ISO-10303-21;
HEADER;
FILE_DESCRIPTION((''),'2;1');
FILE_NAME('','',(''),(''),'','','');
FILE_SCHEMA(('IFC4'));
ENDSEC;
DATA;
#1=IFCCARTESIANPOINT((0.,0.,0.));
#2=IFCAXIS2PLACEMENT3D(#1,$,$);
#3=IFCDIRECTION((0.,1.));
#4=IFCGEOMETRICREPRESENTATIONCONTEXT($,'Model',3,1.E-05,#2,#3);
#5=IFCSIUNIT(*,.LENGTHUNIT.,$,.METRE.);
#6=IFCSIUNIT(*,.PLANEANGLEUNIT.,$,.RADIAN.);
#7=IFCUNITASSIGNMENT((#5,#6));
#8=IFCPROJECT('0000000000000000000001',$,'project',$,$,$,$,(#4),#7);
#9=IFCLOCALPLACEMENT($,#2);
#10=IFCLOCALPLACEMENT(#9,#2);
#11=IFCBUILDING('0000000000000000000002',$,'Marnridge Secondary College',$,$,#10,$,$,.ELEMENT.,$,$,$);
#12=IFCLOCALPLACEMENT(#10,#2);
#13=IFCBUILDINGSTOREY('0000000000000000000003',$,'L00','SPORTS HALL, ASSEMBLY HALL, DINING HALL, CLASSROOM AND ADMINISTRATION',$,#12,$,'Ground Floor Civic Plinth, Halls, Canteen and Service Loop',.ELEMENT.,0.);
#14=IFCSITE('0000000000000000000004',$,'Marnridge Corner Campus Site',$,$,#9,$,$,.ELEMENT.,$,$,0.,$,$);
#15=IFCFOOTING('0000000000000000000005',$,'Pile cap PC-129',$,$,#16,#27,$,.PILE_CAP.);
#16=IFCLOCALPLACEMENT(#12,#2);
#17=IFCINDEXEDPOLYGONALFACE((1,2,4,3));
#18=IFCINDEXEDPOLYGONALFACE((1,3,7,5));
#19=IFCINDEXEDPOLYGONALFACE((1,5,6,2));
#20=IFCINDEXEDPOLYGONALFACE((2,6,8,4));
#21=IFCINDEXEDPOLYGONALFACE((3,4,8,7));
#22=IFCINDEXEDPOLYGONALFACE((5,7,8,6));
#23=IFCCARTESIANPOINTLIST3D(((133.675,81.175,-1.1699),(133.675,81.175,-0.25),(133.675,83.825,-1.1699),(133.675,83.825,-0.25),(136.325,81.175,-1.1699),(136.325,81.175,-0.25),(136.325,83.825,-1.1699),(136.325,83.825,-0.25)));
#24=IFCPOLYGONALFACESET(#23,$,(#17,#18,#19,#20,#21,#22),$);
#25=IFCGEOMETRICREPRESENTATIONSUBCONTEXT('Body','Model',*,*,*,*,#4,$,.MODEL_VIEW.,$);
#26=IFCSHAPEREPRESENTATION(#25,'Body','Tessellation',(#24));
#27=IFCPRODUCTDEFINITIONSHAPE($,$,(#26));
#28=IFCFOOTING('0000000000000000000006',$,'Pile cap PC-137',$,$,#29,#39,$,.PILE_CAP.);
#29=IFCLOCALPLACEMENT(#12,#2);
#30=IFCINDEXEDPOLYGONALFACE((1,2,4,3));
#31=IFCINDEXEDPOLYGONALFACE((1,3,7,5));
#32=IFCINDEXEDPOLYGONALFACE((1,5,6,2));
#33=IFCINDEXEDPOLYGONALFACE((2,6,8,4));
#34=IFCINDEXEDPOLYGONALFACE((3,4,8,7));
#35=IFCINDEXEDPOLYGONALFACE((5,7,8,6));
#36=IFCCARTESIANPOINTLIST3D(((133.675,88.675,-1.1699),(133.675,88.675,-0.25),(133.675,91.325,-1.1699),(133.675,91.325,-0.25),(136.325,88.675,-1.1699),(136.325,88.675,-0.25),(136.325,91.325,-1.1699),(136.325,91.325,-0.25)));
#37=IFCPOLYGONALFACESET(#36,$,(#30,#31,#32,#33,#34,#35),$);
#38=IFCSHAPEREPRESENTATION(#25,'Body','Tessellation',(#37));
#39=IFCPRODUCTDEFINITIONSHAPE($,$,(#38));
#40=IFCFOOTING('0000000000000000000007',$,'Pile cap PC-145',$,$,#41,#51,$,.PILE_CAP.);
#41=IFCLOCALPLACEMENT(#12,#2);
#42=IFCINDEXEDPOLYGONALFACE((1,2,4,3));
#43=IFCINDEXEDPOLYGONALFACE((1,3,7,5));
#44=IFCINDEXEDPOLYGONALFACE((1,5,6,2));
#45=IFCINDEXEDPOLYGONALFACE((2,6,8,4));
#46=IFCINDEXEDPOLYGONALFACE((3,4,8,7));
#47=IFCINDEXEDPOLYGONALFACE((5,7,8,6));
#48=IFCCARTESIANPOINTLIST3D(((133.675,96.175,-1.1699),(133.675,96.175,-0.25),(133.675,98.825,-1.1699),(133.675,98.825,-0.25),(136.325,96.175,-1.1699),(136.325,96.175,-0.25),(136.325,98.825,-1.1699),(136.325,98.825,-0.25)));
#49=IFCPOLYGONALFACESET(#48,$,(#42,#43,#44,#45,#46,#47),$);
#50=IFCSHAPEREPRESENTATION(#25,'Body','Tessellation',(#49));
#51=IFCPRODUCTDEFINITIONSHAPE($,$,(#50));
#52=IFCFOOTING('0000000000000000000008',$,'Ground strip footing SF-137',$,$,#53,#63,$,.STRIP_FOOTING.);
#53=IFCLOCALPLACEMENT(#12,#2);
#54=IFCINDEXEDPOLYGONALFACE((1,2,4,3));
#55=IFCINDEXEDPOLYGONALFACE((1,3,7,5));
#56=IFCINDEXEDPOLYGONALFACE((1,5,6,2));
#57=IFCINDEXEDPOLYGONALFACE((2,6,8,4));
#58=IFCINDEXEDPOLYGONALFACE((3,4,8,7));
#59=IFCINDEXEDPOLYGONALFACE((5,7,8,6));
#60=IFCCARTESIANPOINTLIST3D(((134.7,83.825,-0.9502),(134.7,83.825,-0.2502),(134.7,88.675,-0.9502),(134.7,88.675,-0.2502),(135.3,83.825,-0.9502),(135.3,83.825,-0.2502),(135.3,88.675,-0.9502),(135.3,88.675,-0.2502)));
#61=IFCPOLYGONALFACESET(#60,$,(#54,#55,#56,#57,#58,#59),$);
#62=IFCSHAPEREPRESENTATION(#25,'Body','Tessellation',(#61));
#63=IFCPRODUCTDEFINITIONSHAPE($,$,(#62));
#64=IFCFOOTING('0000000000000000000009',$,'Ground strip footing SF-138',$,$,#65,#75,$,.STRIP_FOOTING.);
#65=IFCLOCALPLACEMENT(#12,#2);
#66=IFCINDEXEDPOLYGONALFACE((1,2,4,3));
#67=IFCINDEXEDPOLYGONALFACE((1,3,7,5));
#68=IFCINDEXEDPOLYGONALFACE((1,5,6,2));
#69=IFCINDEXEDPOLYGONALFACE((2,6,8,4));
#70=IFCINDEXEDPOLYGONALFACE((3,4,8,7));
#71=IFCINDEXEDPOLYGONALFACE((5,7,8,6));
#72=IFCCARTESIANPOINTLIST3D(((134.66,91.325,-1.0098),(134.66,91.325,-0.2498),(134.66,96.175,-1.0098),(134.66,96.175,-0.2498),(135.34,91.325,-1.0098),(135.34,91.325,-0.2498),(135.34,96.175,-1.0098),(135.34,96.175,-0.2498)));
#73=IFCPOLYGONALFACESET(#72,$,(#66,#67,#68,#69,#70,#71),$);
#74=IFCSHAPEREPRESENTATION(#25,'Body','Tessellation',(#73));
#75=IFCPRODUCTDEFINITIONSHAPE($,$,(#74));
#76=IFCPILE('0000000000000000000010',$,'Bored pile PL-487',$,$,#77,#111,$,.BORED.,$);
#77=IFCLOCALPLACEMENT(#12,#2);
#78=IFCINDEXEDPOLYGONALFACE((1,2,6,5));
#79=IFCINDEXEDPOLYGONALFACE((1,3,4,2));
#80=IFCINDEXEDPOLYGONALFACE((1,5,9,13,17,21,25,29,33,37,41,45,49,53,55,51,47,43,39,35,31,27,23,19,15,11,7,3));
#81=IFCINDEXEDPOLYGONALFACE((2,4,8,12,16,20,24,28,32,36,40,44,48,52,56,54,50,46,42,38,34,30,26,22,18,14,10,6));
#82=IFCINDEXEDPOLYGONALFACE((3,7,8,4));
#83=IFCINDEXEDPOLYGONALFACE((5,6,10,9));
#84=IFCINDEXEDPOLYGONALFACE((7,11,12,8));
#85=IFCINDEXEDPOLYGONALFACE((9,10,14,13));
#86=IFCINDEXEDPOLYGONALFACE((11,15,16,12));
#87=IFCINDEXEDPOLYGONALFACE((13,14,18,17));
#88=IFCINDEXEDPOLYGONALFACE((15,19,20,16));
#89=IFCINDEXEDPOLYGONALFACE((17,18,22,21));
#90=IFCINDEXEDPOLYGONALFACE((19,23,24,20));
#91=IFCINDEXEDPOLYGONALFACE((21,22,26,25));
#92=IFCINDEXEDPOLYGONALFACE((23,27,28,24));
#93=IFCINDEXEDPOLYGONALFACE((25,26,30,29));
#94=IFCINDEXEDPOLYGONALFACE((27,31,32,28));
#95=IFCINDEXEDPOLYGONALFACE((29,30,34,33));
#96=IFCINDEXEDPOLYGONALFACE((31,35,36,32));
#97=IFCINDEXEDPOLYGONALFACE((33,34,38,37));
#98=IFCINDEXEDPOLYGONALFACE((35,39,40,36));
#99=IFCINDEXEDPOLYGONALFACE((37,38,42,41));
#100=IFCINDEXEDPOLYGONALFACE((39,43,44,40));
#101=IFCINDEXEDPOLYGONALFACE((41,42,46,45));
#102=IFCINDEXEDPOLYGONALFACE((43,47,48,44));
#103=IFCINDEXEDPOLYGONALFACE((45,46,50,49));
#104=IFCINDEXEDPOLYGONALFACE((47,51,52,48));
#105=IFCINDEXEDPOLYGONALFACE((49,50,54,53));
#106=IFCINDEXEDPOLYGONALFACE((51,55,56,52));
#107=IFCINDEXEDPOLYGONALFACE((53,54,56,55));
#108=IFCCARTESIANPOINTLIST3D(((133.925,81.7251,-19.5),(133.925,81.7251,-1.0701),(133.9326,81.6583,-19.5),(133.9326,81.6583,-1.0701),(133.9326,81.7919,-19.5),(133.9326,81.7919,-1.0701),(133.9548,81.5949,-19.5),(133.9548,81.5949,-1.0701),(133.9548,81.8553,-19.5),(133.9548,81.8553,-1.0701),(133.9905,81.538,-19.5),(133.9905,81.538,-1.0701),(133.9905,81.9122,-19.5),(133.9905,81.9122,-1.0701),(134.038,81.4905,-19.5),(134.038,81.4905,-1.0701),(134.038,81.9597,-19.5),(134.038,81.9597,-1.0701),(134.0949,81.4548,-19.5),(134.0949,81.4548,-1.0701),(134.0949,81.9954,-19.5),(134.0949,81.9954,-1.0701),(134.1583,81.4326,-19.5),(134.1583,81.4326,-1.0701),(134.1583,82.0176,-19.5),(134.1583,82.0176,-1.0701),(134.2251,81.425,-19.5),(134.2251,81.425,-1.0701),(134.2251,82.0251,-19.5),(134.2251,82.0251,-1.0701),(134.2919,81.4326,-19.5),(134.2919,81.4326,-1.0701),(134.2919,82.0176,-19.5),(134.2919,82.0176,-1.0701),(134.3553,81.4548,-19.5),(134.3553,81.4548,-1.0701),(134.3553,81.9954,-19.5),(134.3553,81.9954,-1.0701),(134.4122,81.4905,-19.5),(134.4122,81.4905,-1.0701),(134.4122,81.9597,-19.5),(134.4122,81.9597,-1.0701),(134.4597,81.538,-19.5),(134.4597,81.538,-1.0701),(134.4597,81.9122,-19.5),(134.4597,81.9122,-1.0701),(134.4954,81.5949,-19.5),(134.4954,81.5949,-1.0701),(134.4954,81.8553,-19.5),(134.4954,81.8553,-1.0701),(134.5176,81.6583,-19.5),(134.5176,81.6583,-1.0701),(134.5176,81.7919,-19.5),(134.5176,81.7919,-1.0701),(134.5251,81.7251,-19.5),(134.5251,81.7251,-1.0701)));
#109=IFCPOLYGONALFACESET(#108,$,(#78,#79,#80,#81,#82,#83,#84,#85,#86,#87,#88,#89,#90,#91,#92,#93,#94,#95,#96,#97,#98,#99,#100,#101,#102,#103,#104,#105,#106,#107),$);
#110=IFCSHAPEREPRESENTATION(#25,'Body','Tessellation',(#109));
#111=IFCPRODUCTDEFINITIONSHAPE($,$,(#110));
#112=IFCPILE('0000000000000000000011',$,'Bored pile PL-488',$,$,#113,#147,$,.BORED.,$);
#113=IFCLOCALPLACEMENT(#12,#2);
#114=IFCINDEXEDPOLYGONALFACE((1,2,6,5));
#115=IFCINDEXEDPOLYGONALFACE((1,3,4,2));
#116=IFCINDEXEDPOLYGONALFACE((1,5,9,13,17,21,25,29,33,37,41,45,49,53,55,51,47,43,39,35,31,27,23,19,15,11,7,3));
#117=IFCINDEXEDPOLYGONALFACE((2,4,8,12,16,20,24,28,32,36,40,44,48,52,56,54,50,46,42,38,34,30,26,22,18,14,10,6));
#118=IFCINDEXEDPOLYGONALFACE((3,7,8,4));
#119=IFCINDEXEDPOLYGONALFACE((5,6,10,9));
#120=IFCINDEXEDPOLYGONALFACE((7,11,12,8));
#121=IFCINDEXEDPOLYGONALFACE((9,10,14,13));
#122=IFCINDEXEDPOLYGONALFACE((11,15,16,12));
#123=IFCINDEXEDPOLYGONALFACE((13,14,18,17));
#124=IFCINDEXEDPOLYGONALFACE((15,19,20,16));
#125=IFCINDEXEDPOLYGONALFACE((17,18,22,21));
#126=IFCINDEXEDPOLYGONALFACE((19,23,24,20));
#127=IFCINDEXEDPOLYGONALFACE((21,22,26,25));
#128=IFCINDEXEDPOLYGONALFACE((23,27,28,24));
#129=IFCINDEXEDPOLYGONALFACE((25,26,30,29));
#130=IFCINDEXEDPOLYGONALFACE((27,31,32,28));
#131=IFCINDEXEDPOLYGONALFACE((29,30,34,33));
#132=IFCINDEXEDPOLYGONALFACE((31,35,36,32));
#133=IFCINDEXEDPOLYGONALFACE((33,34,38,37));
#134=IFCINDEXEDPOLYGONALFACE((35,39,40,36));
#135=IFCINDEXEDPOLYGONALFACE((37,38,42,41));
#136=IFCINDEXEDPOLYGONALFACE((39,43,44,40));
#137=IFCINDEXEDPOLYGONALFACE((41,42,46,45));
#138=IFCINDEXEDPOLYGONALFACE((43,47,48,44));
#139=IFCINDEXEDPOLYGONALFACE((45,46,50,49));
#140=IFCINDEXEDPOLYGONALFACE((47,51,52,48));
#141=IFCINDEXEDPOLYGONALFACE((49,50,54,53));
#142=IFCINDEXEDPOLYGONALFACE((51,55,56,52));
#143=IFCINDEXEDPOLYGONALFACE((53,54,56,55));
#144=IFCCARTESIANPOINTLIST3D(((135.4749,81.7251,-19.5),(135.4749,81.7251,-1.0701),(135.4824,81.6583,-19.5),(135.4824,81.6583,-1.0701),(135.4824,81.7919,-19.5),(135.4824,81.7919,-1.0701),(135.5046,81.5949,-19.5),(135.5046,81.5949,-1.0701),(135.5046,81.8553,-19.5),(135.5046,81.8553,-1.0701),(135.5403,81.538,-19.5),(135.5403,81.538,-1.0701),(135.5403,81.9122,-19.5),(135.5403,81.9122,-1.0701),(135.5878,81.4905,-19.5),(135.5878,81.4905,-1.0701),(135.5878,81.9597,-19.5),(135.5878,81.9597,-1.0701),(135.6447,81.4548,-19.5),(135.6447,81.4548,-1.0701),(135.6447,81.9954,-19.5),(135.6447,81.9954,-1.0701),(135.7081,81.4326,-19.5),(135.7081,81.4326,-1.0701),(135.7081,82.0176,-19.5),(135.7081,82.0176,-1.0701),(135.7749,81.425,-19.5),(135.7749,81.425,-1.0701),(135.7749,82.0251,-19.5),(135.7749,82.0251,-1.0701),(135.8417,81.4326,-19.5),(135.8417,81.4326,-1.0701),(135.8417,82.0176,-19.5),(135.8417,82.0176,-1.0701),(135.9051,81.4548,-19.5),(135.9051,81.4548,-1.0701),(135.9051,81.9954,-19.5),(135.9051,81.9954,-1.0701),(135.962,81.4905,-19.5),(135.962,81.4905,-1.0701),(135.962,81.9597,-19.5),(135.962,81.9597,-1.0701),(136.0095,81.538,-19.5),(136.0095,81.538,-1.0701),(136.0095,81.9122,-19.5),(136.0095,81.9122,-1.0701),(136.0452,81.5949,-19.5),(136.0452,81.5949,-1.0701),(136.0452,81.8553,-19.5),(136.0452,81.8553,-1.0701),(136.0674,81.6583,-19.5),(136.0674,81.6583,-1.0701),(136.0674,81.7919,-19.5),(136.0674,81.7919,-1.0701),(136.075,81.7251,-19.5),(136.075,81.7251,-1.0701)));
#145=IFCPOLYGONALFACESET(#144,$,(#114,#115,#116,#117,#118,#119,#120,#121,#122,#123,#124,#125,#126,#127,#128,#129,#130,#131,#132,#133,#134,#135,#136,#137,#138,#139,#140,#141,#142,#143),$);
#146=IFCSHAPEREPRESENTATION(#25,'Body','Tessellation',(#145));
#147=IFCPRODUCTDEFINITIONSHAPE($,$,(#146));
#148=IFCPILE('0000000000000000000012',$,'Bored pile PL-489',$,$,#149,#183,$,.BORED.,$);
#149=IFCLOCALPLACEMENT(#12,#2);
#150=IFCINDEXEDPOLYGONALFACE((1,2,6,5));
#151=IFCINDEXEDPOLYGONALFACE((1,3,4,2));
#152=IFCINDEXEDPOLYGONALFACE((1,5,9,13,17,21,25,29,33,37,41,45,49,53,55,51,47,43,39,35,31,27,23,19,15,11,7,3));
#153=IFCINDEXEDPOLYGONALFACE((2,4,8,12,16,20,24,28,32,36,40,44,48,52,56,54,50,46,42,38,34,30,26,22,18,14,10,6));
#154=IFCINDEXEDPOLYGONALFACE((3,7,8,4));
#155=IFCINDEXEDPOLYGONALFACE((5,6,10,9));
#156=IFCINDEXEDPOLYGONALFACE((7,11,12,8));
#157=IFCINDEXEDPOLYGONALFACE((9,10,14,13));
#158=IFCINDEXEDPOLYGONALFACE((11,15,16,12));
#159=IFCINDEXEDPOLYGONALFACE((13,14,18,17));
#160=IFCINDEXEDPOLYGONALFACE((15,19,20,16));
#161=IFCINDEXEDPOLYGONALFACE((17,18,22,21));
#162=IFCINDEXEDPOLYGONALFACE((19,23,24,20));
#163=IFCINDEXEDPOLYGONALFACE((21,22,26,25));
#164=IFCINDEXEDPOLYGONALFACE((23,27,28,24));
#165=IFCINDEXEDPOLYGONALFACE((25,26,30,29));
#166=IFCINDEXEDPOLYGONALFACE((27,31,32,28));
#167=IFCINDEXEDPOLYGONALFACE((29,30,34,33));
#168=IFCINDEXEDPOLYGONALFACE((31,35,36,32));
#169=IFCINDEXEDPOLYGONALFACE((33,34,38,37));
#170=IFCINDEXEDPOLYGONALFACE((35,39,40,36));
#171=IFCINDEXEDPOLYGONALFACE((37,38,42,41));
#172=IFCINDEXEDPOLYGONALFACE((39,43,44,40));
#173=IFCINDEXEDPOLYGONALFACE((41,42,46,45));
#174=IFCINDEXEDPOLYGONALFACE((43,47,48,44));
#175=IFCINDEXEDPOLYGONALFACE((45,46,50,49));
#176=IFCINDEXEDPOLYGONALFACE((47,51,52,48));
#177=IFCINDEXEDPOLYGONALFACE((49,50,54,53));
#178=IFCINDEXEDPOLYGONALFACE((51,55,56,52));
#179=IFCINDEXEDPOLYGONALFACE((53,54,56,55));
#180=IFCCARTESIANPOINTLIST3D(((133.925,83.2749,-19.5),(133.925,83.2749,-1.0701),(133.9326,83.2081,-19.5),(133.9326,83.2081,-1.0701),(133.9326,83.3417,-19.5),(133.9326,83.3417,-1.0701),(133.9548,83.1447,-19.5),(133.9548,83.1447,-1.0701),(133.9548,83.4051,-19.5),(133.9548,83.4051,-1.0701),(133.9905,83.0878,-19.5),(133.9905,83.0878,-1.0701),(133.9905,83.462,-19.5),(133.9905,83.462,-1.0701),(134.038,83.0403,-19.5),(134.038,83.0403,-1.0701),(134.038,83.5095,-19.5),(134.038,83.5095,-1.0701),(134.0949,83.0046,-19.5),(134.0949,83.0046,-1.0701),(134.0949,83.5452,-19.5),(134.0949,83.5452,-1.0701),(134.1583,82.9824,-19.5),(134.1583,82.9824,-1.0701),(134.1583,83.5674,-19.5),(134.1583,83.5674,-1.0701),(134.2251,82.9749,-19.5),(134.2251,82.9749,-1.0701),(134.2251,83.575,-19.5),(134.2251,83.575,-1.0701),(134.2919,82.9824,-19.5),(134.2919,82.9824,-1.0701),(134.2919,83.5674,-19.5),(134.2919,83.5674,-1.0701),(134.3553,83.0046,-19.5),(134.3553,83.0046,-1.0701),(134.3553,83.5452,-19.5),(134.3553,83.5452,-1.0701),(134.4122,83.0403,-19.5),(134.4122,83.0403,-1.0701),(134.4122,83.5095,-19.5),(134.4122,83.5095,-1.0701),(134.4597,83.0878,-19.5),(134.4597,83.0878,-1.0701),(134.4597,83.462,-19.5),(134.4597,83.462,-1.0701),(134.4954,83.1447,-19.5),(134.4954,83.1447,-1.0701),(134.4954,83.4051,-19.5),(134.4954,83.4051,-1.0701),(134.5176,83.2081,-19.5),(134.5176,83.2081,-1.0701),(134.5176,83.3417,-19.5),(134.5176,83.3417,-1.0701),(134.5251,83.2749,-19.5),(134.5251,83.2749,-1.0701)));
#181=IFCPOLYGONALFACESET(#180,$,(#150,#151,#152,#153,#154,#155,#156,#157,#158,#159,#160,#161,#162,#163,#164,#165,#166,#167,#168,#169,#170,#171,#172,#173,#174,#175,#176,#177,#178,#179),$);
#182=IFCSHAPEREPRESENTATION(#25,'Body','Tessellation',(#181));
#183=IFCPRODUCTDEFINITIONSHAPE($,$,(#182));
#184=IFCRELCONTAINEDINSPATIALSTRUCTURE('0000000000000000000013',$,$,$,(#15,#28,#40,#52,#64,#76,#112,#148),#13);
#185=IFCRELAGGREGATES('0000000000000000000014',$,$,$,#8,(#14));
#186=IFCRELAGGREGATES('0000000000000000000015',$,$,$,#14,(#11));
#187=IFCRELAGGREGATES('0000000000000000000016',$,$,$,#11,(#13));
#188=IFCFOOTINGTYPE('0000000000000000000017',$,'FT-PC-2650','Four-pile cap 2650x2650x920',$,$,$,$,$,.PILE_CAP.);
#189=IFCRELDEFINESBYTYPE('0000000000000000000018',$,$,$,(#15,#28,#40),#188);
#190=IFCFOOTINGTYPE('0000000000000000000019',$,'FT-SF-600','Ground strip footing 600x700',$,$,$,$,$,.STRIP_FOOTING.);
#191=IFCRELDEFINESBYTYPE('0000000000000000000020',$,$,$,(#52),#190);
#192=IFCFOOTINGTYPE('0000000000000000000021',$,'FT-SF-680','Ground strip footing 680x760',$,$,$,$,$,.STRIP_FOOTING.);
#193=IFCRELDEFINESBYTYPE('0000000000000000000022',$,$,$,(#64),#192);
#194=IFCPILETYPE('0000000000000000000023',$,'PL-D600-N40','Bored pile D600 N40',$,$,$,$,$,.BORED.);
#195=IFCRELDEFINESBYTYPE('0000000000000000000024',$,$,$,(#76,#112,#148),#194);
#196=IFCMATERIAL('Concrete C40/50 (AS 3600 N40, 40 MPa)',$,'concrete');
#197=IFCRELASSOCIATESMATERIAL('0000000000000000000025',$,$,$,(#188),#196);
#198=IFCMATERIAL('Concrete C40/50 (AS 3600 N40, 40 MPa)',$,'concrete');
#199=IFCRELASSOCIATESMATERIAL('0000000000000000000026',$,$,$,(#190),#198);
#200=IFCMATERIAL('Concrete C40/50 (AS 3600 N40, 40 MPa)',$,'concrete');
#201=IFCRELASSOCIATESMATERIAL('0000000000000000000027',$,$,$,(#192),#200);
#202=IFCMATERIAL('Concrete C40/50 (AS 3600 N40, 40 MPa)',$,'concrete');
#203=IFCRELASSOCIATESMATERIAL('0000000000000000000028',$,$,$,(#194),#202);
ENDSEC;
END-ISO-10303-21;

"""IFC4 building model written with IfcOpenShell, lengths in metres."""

from ifc_helpers import new_model, si_unit, direction, frame, origin, origin_2d, place, context, subcontext, project, spatial, rectangle, circle, extrude, material, material_profile, profile_set, type_object, element, save


model = new_model("IFC4")

# Units and contexts
model_context = context("Model", 3, precision=1e-05, world=origin(), true_north=direction((0.0, 1.0)))
body_context = subcontext(model_context, "Body", "Model", "MODEL_VIEW")
ifc_project = project(units=[si_unit("LENGTHUNIT", "METRE"), si_unit("PLANEANGLEUNIT", "RADIAN")], contexts=[model_context])

# Site, building, storey
site_placement = place(None, origin())
site = spatial("IfcSite", under=ifc_project, at=site_placement, Name="Marnridge Corner Campus Site", CompositionType="ELEMENT", RefElevation=0.0)
building_placement = place(site_placement, origin())
building = spatial("IfcBuilding", under=site, at=building_placement, Name="Marnridge Secondary College", CompositionType="ELEMENT")
storey_placement = place(building_placement, origin())
storey = spatial("IfcBuildingStorey", under=building, at=storey_placement, Name="L00", Description="SPORTS HALL, ASSEMBLY HALL, DINING HALL, CLASSROOM AND ADMINISTRATION", LongName="Ground Floor Civic Plinth, Halls, Canteen and Service Loop", CompositionType="ELEMENT", Elevation=0.0)

# Footings
ifc_material_1 = material(Name="Concrete C40/50 (AS 3600 N40, 40 MPa)", Category="concrete")
footing_type_1 = type_object("IfcFootingType", Name="FT-PC-2650", Description="Four-pile cap 2650x2650x920", PredefinedType="PILE_CAP", material=ifc_material_1)
for number, where, z_axis, x_axis, name in (
    (1, (135.0, 82.5, -1.1699), (0.0, 0.0, 1.0), (1.0, 0.0, 0.0), "Pile cap PC-129"),
    (2, (135.0, 90.0, -1.1699), (0.0, 0.0, 1.0), (1.0, 0.0, 0.0), "Pile cap PC-137"),
    (3, (135.0, 97.5, -1.1699), (0.0, 0.0, 1.0), (1.0, 0.0, 0.0), "Pile cap PC-145"),
):
    element("IfcFooting", number, at=place(storey_placement, frame(where, z_axis=z_axis, x_axis=x_axis)), inside=storey, type_object=footing_type_1, Name=name, PredefinedType="PILE_CAP", context=body_context, shape_type="SweptSolid", body=[
        extrude(rectangle(XDim=2.6499, YDim=2.6499, at=origin_2d()), origin(), (0.0, 0.0, 1.0), 0.9199),
    ])
ifc_material_2 = material(Name="Concrete C40/50 (AS 3600 N40, 40 MPa)", Category="concrete")
footing_type_2 = type_object("IfcFootingType", Name="FT-SF-600", Description="Ground strip footing 600x700", PredefinedType="STRIP_FOOTING", material=ifc_material_2)
footing_1_placement = place(storey_placement, frame((135.0, 86.25, -0.9502), z_axis=(0.0, 0.0, 1.0), x_axis=(1.0, 0.0, 0.0)))
element("IfcFooting", 4, at=footing_1_placement, inside=storey, type_object=footing_type_2, Name="Ground strip footing SF-137", PredefinedType="STRIP_FOOTING", context=body_context, shape_type="SweptSolid", body=[
    extrude(rectangle(XDim=0.6001, YDim=4.8501, at=origin_2d()), origin(), (0.0, 0.0, 1.0), 0.7),
])
ifc_material_3 = material(Name="Concrete C40/50 (AS 3600 N40, 40 MPa)", Category="concrete")
footing_type_3 = type_object("IfcFootingType", Name="FT-SF-680", Description="Ground strip footing 680x760", PredefinedType="STRIP_FOOTING", material=ifc_material_3)
footing_2_placement = place(storey_placement, frame((135.0, 93.75, -1.0098), z_axis=(0.0, 0.0, 1.0), x_axis=(1.0, 0.0, 0.0)))
element("IfcFooting", 5, at=footing_2_placement, inside=storey, type_object=footing_type_3, Name="Ground strip footing SF-138", PredefinedType="STRIP_FOOTING", context=body_context, shape_type="SweptSolid", body=[
    extrude(rectangle(XDim=0.6799, YDim=4.8501, at=origin_2d()), origin(), (0.0, 0.0, 1.0), 0.76),
])

# Piles
ifc_material_4 = material(Name="Concrete C40/50 (AS 3600 N40, 40 MPa)", Category="concrete")
ifc_material_profile_1 = material_profile(ifc_material_4, circle(Radius=0.3, at=origin_2d()), Name="PILE D600")
ifc_profile_set_1 = profile_set([ifc_material_profile_1], Name="Concrete C40/50 (AS 3600 N40, 40 MPa)")
pile_type = type_object("IfcPileType", Name="PL-D600-N40", Description="Bored pile D600 N40", PredefinedType="BORED", material=ifc_profile_set_1)
for number, where, z_axis, x_axis, name in (
    (6, (134.2251, 81.7251, -1.0701), (0.0, 0.0, -1.0), (1.0, 0.0, 0.0), "Bored pile PL-487"),
    (7, (135.7749, 81.7251, -1.0701), (0.0, 0.0, -1.0), (1.0, 0.0, 0.0), "Bored pile PL-488"),
    (8, (134.2251, 83.2749, -1.0701), (0.0, 0.0, -1.0), (1.0, 0.0, 0.0), "Bored pile PL-489"),
):
    element("IfcPile", number, at=place(storey_placement, frame(where, z_axis=z_axis, x_axis=x_axis)), inside=storey, type_object=pile_type, Name=name, PredefinedType="BORED", context=body_context, shape_type="SweptSolid", body=[
        extrude(circle(Radius=0.3, at=origin_2d()), origin(), (0.0, 0.0, 1.0), 18.4299),
    ])

save(model, "model.ifc")
